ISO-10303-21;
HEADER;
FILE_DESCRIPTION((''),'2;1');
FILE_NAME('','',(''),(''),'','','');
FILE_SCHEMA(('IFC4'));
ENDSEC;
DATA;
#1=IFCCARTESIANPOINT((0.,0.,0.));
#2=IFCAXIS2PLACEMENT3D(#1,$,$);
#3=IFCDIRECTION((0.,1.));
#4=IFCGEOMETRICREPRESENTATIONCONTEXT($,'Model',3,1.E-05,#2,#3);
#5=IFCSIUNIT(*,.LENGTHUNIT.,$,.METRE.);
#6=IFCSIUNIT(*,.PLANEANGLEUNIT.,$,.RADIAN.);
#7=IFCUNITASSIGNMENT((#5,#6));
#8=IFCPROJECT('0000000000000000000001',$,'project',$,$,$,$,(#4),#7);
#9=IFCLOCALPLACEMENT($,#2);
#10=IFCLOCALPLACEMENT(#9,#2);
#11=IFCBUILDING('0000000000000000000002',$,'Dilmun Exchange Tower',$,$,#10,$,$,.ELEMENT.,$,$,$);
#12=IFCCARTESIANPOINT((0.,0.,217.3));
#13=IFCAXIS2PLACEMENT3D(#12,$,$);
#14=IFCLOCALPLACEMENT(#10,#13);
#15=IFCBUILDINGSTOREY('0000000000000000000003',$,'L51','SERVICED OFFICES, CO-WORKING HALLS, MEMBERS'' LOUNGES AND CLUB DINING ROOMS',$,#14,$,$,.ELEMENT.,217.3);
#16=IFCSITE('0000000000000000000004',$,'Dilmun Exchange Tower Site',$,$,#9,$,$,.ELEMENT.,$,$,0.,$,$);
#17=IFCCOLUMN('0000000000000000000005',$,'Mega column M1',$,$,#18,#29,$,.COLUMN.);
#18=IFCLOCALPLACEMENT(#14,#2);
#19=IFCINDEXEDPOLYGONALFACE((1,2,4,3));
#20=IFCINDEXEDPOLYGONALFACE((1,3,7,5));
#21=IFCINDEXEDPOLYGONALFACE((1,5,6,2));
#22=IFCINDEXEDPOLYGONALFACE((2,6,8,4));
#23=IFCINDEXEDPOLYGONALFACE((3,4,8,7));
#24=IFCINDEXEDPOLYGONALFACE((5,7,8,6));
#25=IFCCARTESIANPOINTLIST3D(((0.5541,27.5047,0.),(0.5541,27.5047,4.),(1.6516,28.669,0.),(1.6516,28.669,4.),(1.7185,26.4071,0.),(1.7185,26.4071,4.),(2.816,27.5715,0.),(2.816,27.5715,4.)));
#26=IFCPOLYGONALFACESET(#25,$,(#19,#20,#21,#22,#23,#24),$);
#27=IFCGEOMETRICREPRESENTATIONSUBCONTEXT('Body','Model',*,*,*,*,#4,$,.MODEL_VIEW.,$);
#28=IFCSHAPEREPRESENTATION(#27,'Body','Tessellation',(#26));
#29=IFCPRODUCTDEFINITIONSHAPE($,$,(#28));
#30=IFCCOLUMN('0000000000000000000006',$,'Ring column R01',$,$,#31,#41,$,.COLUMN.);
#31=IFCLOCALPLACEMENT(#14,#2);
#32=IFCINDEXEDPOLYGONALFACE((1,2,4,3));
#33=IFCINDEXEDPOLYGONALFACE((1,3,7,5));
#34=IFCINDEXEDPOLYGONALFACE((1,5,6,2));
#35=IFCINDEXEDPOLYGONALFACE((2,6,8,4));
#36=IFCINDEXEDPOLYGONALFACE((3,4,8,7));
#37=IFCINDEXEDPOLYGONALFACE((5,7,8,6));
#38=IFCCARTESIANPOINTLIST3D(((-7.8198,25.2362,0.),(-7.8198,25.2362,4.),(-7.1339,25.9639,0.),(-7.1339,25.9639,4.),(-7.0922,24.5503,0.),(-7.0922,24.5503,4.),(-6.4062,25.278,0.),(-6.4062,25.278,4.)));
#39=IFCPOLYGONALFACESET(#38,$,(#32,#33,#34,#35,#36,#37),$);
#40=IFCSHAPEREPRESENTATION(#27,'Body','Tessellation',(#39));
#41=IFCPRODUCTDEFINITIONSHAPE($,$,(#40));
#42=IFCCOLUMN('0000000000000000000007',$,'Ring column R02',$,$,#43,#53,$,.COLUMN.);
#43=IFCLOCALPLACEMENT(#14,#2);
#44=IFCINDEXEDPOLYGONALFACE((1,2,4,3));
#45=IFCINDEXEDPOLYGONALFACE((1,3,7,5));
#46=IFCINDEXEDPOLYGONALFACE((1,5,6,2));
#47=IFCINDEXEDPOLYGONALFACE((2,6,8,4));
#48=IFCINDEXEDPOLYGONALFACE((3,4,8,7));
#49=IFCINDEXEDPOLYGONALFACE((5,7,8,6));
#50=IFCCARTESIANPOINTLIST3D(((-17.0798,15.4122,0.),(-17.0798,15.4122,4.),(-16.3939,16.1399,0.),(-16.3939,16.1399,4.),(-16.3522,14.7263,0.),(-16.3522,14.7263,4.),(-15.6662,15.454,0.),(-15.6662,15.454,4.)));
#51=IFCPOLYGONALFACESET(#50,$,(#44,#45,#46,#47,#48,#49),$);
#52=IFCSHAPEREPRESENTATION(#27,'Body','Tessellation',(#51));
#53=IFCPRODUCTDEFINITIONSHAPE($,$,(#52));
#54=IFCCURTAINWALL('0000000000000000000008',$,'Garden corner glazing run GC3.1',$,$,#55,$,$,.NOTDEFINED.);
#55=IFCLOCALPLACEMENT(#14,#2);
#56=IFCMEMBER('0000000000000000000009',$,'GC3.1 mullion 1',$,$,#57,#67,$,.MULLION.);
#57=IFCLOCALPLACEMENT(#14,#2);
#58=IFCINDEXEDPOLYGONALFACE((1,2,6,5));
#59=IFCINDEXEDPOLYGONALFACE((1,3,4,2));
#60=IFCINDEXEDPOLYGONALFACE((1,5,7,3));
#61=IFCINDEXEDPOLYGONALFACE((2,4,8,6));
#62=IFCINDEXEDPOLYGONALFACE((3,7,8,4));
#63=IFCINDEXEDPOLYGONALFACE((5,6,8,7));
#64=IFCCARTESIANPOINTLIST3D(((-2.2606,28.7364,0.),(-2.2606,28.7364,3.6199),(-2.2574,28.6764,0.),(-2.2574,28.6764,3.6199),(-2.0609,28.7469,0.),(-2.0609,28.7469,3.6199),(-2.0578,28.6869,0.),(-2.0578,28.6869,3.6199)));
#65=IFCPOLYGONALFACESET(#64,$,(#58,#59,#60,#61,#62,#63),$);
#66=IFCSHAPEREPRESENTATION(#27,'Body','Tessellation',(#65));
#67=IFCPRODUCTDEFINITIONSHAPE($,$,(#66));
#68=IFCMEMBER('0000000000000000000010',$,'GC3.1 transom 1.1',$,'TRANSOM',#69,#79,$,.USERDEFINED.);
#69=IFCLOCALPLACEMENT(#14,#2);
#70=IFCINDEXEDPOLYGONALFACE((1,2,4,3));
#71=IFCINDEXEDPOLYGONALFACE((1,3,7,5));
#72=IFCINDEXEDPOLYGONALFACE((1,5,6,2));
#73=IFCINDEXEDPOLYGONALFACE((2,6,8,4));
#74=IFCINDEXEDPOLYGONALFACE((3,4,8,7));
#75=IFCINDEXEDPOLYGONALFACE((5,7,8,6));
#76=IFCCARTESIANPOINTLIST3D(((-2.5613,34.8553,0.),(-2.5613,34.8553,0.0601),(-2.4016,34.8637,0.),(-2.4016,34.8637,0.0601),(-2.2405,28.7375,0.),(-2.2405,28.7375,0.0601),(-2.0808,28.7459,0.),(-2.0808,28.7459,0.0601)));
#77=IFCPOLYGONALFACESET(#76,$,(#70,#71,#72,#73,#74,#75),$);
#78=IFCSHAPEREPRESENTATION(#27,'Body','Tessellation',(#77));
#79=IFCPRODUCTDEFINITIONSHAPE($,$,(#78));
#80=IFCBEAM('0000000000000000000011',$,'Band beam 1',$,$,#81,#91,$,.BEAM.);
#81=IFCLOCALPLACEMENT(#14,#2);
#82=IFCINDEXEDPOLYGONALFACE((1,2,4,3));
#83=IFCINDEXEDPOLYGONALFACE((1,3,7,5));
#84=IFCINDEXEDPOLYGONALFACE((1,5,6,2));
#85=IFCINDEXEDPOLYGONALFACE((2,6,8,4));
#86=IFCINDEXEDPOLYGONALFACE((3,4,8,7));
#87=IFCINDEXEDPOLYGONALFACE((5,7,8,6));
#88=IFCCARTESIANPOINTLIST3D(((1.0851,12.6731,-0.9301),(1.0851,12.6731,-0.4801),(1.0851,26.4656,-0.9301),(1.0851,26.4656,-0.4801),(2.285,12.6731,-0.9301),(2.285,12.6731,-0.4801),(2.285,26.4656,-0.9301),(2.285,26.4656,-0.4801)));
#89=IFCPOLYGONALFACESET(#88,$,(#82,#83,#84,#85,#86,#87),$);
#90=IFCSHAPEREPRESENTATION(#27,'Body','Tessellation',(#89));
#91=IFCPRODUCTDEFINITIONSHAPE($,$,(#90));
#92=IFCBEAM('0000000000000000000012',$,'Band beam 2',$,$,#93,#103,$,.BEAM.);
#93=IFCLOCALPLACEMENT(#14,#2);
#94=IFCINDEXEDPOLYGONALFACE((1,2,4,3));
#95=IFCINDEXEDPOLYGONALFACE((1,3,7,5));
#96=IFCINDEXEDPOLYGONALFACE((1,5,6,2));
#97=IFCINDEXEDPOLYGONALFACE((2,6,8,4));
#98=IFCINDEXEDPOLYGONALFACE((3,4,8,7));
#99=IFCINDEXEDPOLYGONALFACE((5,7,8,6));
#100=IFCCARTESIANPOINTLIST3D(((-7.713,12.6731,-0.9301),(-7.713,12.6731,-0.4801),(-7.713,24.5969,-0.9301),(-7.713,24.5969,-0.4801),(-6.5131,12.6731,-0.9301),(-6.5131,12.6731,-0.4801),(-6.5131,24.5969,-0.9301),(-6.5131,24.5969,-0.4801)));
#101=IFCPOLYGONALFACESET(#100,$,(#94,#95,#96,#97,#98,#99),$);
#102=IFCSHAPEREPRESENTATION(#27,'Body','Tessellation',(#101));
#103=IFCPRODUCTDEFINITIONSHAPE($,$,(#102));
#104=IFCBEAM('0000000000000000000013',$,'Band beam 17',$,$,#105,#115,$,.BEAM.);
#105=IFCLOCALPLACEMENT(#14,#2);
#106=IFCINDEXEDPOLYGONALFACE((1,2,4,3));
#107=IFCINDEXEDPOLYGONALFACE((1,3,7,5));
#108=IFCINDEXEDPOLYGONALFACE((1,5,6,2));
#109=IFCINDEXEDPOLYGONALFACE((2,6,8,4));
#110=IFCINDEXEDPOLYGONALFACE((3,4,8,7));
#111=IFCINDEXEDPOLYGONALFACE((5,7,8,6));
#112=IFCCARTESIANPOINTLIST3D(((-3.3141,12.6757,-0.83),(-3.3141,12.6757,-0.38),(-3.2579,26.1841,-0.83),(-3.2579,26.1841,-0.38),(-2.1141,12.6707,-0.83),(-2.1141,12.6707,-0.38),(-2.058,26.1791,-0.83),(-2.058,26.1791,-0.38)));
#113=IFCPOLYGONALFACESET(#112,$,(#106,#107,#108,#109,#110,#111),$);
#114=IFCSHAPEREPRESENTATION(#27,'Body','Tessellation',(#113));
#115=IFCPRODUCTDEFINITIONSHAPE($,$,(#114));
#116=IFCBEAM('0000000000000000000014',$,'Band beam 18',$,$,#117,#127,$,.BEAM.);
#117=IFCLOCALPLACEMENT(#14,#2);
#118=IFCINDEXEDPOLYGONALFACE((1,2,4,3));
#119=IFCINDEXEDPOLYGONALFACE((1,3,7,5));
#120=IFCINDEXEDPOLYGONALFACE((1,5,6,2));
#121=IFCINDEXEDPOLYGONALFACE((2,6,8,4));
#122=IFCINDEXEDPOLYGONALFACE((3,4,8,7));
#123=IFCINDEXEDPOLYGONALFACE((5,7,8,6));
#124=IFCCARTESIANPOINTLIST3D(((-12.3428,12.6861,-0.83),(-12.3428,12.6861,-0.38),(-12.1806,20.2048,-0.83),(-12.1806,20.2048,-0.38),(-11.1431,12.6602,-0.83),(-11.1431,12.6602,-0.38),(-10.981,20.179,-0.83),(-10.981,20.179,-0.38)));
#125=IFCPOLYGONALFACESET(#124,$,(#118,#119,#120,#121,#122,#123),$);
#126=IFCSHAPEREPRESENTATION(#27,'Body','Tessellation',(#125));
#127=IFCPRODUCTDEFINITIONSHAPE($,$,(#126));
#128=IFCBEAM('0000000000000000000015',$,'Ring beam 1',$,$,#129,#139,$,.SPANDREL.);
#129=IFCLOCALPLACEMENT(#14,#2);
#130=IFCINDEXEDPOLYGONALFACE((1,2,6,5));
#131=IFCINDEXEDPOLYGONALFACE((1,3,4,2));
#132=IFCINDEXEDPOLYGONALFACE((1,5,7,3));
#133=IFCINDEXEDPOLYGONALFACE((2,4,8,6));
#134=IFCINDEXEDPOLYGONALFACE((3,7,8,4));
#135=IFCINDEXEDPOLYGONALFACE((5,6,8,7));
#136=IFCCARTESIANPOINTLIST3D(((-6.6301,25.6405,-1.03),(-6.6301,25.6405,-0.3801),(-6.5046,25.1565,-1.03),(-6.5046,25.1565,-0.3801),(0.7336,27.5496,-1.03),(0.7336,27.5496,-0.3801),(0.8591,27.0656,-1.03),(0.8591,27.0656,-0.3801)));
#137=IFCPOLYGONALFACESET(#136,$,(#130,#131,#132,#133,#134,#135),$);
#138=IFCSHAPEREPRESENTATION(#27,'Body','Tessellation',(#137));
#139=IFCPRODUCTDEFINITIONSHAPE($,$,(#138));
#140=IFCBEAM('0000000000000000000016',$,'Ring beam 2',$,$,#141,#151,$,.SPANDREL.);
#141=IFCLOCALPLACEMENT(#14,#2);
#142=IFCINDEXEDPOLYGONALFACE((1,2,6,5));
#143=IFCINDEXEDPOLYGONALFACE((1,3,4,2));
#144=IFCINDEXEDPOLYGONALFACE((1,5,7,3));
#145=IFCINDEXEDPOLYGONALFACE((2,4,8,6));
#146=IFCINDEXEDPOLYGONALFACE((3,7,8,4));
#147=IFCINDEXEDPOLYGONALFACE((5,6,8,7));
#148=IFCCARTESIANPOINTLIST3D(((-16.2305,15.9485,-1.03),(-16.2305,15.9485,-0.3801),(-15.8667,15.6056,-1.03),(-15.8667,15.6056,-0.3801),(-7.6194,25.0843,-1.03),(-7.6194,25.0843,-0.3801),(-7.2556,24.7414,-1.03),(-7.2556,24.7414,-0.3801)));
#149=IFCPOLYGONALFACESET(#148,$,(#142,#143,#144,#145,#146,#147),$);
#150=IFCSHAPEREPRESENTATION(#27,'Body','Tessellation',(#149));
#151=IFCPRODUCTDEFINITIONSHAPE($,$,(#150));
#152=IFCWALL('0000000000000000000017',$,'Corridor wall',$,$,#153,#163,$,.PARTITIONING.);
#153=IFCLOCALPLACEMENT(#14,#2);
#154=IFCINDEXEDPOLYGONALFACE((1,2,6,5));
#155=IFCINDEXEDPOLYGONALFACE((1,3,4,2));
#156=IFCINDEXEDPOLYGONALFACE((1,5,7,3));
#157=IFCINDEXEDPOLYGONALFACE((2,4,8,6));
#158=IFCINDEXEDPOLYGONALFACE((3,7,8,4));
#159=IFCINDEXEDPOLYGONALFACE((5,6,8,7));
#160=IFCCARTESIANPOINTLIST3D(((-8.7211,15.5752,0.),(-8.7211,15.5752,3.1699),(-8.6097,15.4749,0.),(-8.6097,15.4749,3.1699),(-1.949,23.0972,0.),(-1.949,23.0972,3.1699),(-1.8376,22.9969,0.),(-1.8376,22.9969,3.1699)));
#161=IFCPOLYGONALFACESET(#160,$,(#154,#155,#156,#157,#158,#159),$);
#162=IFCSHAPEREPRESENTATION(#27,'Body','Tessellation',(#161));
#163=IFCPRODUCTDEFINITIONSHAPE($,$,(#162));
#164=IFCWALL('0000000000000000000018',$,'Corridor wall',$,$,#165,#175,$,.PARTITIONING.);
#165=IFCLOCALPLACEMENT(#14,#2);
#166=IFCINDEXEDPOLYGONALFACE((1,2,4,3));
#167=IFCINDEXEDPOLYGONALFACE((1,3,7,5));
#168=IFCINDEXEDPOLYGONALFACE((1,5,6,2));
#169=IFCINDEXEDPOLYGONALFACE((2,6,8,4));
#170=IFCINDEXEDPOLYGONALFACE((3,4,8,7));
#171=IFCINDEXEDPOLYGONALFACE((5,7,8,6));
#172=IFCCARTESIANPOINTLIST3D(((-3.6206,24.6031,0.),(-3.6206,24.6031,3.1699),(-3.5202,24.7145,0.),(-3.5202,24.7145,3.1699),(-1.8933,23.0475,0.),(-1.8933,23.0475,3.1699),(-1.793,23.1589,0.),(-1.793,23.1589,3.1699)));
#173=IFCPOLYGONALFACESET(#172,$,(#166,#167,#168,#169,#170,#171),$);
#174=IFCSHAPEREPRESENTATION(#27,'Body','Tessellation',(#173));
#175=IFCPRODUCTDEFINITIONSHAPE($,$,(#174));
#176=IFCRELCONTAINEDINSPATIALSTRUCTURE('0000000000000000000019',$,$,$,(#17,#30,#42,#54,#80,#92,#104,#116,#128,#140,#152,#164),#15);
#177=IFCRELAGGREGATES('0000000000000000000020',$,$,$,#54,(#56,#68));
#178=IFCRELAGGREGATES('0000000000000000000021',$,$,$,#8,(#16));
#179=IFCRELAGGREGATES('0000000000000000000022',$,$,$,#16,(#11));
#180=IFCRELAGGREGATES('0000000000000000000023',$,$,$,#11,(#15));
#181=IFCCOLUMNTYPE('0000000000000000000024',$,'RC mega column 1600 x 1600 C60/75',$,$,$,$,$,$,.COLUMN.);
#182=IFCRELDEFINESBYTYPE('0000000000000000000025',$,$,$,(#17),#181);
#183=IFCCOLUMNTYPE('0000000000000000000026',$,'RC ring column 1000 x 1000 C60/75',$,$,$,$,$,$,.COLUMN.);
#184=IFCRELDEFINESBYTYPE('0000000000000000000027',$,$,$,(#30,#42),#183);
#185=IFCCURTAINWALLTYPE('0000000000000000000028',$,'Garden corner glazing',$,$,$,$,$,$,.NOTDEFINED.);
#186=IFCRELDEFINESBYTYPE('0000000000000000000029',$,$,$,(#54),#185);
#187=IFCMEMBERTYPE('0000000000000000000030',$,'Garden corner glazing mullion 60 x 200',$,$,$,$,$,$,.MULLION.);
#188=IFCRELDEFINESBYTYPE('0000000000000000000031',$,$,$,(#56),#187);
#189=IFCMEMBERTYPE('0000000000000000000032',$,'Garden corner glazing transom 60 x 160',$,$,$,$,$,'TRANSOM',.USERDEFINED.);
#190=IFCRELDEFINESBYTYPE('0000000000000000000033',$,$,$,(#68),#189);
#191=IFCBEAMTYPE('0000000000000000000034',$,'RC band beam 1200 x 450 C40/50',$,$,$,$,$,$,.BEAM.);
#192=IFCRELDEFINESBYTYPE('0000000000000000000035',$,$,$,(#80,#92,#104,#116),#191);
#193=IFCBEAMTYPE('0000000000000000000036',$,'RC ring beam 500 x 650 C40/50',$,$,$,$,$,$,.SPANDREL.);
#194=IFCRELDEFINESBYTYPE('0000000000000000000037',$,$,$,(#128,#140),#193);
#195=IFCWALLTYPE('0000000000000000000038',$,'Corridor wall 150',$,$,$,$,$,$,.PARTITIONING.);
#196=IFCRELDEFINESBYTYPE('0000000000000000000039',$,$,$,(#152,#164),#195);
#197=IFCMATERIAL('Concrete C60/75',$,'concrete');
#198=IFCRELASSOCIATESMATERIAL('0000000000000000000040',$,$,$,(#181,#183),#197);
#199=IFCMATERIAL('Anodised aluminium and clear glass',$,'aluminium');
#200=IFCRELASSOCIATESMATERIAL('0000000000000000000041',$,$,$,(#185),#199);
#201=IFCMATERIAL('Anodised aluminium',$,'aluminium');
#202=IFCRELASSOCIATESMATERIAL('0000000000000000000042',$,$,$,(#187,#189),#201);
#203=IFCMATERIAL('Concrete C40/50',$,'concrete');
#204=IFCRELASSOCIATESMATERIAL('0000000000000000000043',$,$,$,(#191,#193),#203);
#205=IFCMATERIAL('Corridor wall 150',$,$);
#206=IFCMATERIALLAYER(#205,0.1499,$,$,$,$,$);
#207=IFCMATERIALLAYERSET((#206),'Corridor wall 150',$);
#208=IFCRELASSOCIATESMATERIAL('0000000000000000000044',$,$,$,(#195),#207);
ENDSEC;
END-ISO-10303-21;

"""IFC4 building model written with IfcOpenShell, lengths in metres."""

from ifc_helpers import new_model, si_unit, direction, frame, frame_2d, origin, origin_2d, place, context, subcontext, project, spatial, rectangle, extrude, material, layer, layer_set, material_profile, profile_set, type_object, element, aggregate, save


model = new_model("IFC4")

# Units and contexts
model_context = context("Model", 3, precision=1e-05, world=origin(), true_north=direction((0.0, 1.0)))
body_context = subcontext(model_context, "Body", "Model", "MODEL_VIEW")
ifc_project = project(units=[si_unit("LENGTHUNIT", "METRE"), si_unit("PLANEANGLEUNIT", "RADIAN")], contexts=[model_context])

# Site, building, storey
site_placement = place(None, origin())
site = spatial("IfcSite", under=ifc_project, at=site_placement, Name="Dilmun Exchange Tower Site", CompositionType="ELEMENT", RefElevation=0.0)
building_placement = place(site_placement, origin())
building = spatial("IfcBuilding", under=site, at=building_placement, Name="Dilmun Exchange Tower", CompositionType="ELEMENT")
storey_placement = place(building_placement, frame((0.0, 0.0, 217.3)))
storey = spatial("IfcBuildingStorey", under=building, at=storey_placement, Name="L51", Description="SERVICED OFFICES, CO-WORKING HALLS, MEMBERS' LOUNGES AND CLUB DINING ROOMS", CompositionType="ELEMENT", Elevation=217.3)

# Columns
ifc_material_1 = material(Name="Concrete C60/75", Category="concrete")
ifc_material_profile_1 = material_profile(ifc_material_1, rectangle(XDim=1.6001, YDim=1.6001, at=origin_2d()), Name="1600 x 1600")
ifc_profile_set_1 = profile_set([ifc_material_profile_1], Name="Concrete C60/75")
column_type_1 = type_object("IfcColumnType", Name="RC mega column 1600 x 1600 C60/75", PredefinedType="COLUMN", material=ifc_profile_set_1)
column_placement = place(storey_placement, frame((1.6851, 27.5381, 0.0), z_axis=(0.0, 0.0, 1.0), x_axis=(0.685916, 0.727681, 0.0)))
element("IfcColumn", 1, at=column_placement, inside=storey, type_object=column_type_1, Name="Mega column M1", PredefinedType="COLUMN", context=body_context, shape_type="SweptSolid", body=[
    extrude(rectangle(XDim=1.6001, YDim=1.6001, at=origin_2d()), origin(), (0.0, 0.0, 1.0), 4.0),
])
ifc_material_profile_2 = material_profile(ifc_material_1, rectangle(XDim=1.0, YDim=1.0, at=origin_2d()), Name="1000 x 1000")
ifc_profile_set_2 = profile_set([ifc_material_profile_2], Name="Concrete C60/75")
column_type_2 = type_object("IfcColumnType", Name="RC ring column 1000 x 1000 C60/75", PredefinedType="COLUMN", material=ifc_profile_set_2)
for number, where, z_axis, x_axis, name in (
    (2, (-7.113, 25.2571, 0.0), (0.0, 0.0, 1.0), (0.685916, 0.727681, 0.0), "Ring column R01"),
    (3, (-16.373, 15.4331, 0.0), (0.0, 0.0, 1.0), (0.685916, 0.727681, 0.0), "Ring column R02"),
):
    element("IfcColumn", number, at=place(storey_placement, frame(where, z_axis=z_axis, x_axis=x_axis)), inside=storey, type_object=column_type_2, Name=name, PredefinedType="COLUMN", context=body_context, shape_type="SweptSolid", body=[
        extrude(rectangle(XDim=1.0, YDim=1.0, at=origin_2d()), origin(), (0.0, 0.0, 1.0), 4.0),
    ])

# Curtain wall, members
ifc_material_2 = material(Name="Anodised aluminium and clear glass", Category="aluminium")
curtain_wall_type = type_object("IfcCurtainWallType", Name="Garden corner glazing", PredefinedType="NOTDEFINED", material=ifc_material_2)
curtain_wall_placement = place(storey_placement, origin())
curtain_wall = element("IfcCurtainWall", 4, at=curtain_wall_placement, inside=storey, type_object=curtain_wall_type, Name="Garden corner glazing run GC3.1", PredefinedType="NOTDEFINED")
ifc_material_3 = material(Name="Anodised aluminium", Category="aluminium")
ifc_material_profile_3 = material_profile(ifc_material_3, rectangle(XDim=0.2, YDim=0.0601, at=origin_2d()), Name="AL 60x200")
ifc_profile_set_3 = profile_set([ifc_material_profile_3], Name="Anodised aluminium")
member_type_1 = type_object("IfcMemberType", Name="Garden corner glazing mullion 60 x 200", PredefinedType="MULLION", material=ifc_profile_set_3)
member_1_placement = place(storey_placement, frame((-2.1592, 28.7117, 0.0), z_axis=(0.0, 0.0, 1.0), x_axis=(-0.99863, -0.052334, 0.0)))
member_1 = element("IfcMember", 5, at=member_1_placement, type_object=member_type_1, Name="GC3.1 mullion 1", PredefinedType="MULLION", context=body_context, shape_type="SweptSolid", body=[
    extrude(rectangle(XDim=0.2, YDim=0.0601, at=origin_2d()), origin(), (0.0, 0.0, 1.0), 3.6199),
])
ifc_material_profile_4 = material_profile(ifc_material_3, rectangle(XDim=0.1599, YDim=0.0601, at=origin_2d()), Name="AL 60x160")
ifc_profile_set_4 = profile_set([ifc_material_profile_4], Name="Anodised aluminium")
member_type_2 = type_object("IfcMemberType", Name="Garden corner glazing transom 60 x 160", ElementType="TRANSOM", PredefinedType="USERDEFINED", material=ifc_profile_set_4)
member_2_placement = place(storey_placement, frame((-2.1606, 28.7417, 0.03), z_axis=(-0.052364, 0.998628, 0.0), x_axis=(-0.998628, -0.052364, 0.0)))
member_2 = element("IfcMember", 6, at=member_2_placement, type_object=member_type_2, Name="GC3.1 transom 1.1", ObjectType="TRANSOM", PredefinedType="USERDEFINED", context=body_context, shape_type="SweptSolid", body=[
    extrude(rectangle(XDim=0.1599, YDim=0.0601, at=origin_2d()), origin(), (0.0, 0.0, 1.0), 6.1262),
])
aggregate(curtain_wall, [member_1, member_2])

# Beams
ifc_material_4 = material(Name="Concrete C40/50", Category="concrete")
ifc_material_profile_5 = material_profile(ifc_material_4, rectangle(XDim=1.2, YDim=0.45, at=origin_2d()), Name="1200 x 450")
ifc_profile_set_5 = profile_set([ifc_material_profile_5], Name="Concrete C40/50")
beam_type_1 = type_object("IfcBeamType", Name="RC band beam 1200 x 450 C40/50", PredefinedType="BEAM", material=ifc_profile_set_5)
beam_1_placement = place(storey_placement, frame((1.6851, 26.4656, -0.7051), z_axis=(0.0, -1.0, 0.0), x_axis=(1.0, 0.0, 0.0)))
element("IfcBeam", 7, at=beam_1_placement, inside=storey, type_object=beam_type_1, Name="Band beam 1", PredefinedType="BEAM", context=body_context, shape_type="SweptSolid", body=[
    extrude(rectangle(XDim=1.2, YDim=0.45, at=origin_2d()), origin(), (0.0, 0.0, 1.0), 13.7925),
])
beam_2_placement = place(storey_placement, frame((-7.113, 24.5969, -0.7051), z_axis=(0.0, -1.0, 0.0), x_axis=(1.0, 0.0, 0.0)))
element("IfcBeam", 8, at=beam_2_placement, inside=storey, type_object=beam_type_1, Name="Band beam 2", PredefinedType="BEAM", context=body_context, shape_type="SweptSolid", body=[
    extrude(rectangle(XDim=1.2, YDim=0.45, at=origin_2d()), origin(), (0.0, 0.0, 1.0), 11.9238),
])
beam_3_placement = place(storey_placement, frame((-2.658, 26.1816, -0.605), z_axis=(-0.004157, -0.999991, 0.0), x_axis=(0.999991, -0.004157, 0.0)))
element("IfcBeam", 9, at=beam_3_placement, inside=storey, type_object=beam_type_1, Name="Band beam 17", PredefinedType="BEAM", context=body_context, shape_type="SweptSolid", body=[
    extrude(rectangle(XDim=1.2, YDim=0.45, at=origin_2d()), origin(), (0.0, 0.0, 1.0), 13.5085),
])
beam_4_placement = place(storey_placement, frame((-11.5808, 20.1919, -0.605), z_axis=(-0.021556, -0.999768, 0.0), x_axis=(0.999768, -0.021556, 0.0)))
element("IfcBeam", 10, at=beam_4_placement, inside=storey, type_object=beam_type_1, Name="Band beam 18", PredefinedType="BEAM", context=body_context, shape_type="SweptSolid", body=[
    extrude(rectangle(XDim=1.2, YDim=0.45, at=origin_2d()), origin(), (0.0, 0.0, 1.0), 7.5205),
])
ifc_material_profile_6 = material_profile(ifc_material_4, rectangle(XDim=0.5, YDim=0.6499, at=origin_2d()), Name="500 x 650")
ifc_profile_set_6 = profile_set([ifc_material_profile_6], Name="Concrete C40/50")
beam_type_2 = type_object("IfcBeamType", Name="RC ring beam 500 x 650 C40/50", PredefinedType="SPANDREL", material=ifc_profile_set_6)
beam_5_placement = place(storey_placement, frame((0.7964, 27.3076, -0.7051), z_axis=(-0.967995, -0.250969, 0.0), x_axis=(0.250969, -0.967995, 0.0)))
element("IfcBeam", 11, at=beam_5_placement, inside=storey, type_object=beam_type_2, Name="Ring beam 1", PredefinedType="SPANDREL", context=body_context, shape_type="SweptSolid", body=[
    extrude(rectangle(XDim=0.5, YDim=0.6499, at=origin_2d()), origin(), (0.0, 0.0, 1.0), 7.6072),
])
beam_6_placement = place(storey_placement, frame((-7.4375, 24.9128, -0.7051), z_axis=(-0.685903, -0.727693, 0.0), x_axis=(0.727693, -0.685903, 0.0)))
element("IfcBeam", 12, at=beam_6_placement, inside=storey, type_object=beam_type_2, Name="Ring beam 2", PredefinedType="SPANDREL", context=body_context, shape_type="SweptSolid", body=[
    extrude(rectangle(XDim=0.5, YDim=0.6499, at=origin_2d()), origin(), (0.0, 0.0, 1.0), 12.5544),
])

# Walls
ifc_material_5 = material(Name="Corridor wall 150")
ifc_layer_1 = layer(ifc_material_5, 0.1499)
ifc_layer_set_1 = layer_set([ifc_layer_1], Name="Corridor wall 150")
wall_type_1 = type_object("IfcWallType", Name="Corridor wall 150", PredefinedType="PARTITIONING", material=ifc_layer_set_1)
wall_1_placement = place(storey_placement, frame((-8.6653, 15.5251, 0.0), z_axis=(0.0, 0.0, 1.0), x_axis=(0.669085, 0.743186, 0.0)))
element("IfcWall", 13, at=wall_1_placement, inside=storey, type_object=wall_type_1, Name="Corridor wall", PredefinedType="PARTITIONING", context=body_context, shape_type="SweptSolid", body=[
    extrude(rectangle(XDim=10.1213, YDim=0.1499, at=frame_2d((5.0605, 0.0))), origin(), (0.0, 0.0, 1.0), 3.1699),
])
wall_2_placement = place(storey_placement, frame((-3.5703, 24.6587, 0.0), z_axis=(0.0, 0.0, 1.0), x_axis=(0.743059, -0.669226, 0.0)))
element("IfcWall", 14, at=wall_2_placement, inside=storey, type_object=wall_type_1, Name="Corridor wall", PredefinedType="PARTITIONING", context=body_context, shape_type="SweptSolid", body=[
    extrude(rectangle(XDim=2.3245, YDim=0.1499, at=frame_2d((1.1621, 0.0))), origin(), (0.0, 0.0, 1.0), 3.1699),
])

save(model, "model.ifc")
